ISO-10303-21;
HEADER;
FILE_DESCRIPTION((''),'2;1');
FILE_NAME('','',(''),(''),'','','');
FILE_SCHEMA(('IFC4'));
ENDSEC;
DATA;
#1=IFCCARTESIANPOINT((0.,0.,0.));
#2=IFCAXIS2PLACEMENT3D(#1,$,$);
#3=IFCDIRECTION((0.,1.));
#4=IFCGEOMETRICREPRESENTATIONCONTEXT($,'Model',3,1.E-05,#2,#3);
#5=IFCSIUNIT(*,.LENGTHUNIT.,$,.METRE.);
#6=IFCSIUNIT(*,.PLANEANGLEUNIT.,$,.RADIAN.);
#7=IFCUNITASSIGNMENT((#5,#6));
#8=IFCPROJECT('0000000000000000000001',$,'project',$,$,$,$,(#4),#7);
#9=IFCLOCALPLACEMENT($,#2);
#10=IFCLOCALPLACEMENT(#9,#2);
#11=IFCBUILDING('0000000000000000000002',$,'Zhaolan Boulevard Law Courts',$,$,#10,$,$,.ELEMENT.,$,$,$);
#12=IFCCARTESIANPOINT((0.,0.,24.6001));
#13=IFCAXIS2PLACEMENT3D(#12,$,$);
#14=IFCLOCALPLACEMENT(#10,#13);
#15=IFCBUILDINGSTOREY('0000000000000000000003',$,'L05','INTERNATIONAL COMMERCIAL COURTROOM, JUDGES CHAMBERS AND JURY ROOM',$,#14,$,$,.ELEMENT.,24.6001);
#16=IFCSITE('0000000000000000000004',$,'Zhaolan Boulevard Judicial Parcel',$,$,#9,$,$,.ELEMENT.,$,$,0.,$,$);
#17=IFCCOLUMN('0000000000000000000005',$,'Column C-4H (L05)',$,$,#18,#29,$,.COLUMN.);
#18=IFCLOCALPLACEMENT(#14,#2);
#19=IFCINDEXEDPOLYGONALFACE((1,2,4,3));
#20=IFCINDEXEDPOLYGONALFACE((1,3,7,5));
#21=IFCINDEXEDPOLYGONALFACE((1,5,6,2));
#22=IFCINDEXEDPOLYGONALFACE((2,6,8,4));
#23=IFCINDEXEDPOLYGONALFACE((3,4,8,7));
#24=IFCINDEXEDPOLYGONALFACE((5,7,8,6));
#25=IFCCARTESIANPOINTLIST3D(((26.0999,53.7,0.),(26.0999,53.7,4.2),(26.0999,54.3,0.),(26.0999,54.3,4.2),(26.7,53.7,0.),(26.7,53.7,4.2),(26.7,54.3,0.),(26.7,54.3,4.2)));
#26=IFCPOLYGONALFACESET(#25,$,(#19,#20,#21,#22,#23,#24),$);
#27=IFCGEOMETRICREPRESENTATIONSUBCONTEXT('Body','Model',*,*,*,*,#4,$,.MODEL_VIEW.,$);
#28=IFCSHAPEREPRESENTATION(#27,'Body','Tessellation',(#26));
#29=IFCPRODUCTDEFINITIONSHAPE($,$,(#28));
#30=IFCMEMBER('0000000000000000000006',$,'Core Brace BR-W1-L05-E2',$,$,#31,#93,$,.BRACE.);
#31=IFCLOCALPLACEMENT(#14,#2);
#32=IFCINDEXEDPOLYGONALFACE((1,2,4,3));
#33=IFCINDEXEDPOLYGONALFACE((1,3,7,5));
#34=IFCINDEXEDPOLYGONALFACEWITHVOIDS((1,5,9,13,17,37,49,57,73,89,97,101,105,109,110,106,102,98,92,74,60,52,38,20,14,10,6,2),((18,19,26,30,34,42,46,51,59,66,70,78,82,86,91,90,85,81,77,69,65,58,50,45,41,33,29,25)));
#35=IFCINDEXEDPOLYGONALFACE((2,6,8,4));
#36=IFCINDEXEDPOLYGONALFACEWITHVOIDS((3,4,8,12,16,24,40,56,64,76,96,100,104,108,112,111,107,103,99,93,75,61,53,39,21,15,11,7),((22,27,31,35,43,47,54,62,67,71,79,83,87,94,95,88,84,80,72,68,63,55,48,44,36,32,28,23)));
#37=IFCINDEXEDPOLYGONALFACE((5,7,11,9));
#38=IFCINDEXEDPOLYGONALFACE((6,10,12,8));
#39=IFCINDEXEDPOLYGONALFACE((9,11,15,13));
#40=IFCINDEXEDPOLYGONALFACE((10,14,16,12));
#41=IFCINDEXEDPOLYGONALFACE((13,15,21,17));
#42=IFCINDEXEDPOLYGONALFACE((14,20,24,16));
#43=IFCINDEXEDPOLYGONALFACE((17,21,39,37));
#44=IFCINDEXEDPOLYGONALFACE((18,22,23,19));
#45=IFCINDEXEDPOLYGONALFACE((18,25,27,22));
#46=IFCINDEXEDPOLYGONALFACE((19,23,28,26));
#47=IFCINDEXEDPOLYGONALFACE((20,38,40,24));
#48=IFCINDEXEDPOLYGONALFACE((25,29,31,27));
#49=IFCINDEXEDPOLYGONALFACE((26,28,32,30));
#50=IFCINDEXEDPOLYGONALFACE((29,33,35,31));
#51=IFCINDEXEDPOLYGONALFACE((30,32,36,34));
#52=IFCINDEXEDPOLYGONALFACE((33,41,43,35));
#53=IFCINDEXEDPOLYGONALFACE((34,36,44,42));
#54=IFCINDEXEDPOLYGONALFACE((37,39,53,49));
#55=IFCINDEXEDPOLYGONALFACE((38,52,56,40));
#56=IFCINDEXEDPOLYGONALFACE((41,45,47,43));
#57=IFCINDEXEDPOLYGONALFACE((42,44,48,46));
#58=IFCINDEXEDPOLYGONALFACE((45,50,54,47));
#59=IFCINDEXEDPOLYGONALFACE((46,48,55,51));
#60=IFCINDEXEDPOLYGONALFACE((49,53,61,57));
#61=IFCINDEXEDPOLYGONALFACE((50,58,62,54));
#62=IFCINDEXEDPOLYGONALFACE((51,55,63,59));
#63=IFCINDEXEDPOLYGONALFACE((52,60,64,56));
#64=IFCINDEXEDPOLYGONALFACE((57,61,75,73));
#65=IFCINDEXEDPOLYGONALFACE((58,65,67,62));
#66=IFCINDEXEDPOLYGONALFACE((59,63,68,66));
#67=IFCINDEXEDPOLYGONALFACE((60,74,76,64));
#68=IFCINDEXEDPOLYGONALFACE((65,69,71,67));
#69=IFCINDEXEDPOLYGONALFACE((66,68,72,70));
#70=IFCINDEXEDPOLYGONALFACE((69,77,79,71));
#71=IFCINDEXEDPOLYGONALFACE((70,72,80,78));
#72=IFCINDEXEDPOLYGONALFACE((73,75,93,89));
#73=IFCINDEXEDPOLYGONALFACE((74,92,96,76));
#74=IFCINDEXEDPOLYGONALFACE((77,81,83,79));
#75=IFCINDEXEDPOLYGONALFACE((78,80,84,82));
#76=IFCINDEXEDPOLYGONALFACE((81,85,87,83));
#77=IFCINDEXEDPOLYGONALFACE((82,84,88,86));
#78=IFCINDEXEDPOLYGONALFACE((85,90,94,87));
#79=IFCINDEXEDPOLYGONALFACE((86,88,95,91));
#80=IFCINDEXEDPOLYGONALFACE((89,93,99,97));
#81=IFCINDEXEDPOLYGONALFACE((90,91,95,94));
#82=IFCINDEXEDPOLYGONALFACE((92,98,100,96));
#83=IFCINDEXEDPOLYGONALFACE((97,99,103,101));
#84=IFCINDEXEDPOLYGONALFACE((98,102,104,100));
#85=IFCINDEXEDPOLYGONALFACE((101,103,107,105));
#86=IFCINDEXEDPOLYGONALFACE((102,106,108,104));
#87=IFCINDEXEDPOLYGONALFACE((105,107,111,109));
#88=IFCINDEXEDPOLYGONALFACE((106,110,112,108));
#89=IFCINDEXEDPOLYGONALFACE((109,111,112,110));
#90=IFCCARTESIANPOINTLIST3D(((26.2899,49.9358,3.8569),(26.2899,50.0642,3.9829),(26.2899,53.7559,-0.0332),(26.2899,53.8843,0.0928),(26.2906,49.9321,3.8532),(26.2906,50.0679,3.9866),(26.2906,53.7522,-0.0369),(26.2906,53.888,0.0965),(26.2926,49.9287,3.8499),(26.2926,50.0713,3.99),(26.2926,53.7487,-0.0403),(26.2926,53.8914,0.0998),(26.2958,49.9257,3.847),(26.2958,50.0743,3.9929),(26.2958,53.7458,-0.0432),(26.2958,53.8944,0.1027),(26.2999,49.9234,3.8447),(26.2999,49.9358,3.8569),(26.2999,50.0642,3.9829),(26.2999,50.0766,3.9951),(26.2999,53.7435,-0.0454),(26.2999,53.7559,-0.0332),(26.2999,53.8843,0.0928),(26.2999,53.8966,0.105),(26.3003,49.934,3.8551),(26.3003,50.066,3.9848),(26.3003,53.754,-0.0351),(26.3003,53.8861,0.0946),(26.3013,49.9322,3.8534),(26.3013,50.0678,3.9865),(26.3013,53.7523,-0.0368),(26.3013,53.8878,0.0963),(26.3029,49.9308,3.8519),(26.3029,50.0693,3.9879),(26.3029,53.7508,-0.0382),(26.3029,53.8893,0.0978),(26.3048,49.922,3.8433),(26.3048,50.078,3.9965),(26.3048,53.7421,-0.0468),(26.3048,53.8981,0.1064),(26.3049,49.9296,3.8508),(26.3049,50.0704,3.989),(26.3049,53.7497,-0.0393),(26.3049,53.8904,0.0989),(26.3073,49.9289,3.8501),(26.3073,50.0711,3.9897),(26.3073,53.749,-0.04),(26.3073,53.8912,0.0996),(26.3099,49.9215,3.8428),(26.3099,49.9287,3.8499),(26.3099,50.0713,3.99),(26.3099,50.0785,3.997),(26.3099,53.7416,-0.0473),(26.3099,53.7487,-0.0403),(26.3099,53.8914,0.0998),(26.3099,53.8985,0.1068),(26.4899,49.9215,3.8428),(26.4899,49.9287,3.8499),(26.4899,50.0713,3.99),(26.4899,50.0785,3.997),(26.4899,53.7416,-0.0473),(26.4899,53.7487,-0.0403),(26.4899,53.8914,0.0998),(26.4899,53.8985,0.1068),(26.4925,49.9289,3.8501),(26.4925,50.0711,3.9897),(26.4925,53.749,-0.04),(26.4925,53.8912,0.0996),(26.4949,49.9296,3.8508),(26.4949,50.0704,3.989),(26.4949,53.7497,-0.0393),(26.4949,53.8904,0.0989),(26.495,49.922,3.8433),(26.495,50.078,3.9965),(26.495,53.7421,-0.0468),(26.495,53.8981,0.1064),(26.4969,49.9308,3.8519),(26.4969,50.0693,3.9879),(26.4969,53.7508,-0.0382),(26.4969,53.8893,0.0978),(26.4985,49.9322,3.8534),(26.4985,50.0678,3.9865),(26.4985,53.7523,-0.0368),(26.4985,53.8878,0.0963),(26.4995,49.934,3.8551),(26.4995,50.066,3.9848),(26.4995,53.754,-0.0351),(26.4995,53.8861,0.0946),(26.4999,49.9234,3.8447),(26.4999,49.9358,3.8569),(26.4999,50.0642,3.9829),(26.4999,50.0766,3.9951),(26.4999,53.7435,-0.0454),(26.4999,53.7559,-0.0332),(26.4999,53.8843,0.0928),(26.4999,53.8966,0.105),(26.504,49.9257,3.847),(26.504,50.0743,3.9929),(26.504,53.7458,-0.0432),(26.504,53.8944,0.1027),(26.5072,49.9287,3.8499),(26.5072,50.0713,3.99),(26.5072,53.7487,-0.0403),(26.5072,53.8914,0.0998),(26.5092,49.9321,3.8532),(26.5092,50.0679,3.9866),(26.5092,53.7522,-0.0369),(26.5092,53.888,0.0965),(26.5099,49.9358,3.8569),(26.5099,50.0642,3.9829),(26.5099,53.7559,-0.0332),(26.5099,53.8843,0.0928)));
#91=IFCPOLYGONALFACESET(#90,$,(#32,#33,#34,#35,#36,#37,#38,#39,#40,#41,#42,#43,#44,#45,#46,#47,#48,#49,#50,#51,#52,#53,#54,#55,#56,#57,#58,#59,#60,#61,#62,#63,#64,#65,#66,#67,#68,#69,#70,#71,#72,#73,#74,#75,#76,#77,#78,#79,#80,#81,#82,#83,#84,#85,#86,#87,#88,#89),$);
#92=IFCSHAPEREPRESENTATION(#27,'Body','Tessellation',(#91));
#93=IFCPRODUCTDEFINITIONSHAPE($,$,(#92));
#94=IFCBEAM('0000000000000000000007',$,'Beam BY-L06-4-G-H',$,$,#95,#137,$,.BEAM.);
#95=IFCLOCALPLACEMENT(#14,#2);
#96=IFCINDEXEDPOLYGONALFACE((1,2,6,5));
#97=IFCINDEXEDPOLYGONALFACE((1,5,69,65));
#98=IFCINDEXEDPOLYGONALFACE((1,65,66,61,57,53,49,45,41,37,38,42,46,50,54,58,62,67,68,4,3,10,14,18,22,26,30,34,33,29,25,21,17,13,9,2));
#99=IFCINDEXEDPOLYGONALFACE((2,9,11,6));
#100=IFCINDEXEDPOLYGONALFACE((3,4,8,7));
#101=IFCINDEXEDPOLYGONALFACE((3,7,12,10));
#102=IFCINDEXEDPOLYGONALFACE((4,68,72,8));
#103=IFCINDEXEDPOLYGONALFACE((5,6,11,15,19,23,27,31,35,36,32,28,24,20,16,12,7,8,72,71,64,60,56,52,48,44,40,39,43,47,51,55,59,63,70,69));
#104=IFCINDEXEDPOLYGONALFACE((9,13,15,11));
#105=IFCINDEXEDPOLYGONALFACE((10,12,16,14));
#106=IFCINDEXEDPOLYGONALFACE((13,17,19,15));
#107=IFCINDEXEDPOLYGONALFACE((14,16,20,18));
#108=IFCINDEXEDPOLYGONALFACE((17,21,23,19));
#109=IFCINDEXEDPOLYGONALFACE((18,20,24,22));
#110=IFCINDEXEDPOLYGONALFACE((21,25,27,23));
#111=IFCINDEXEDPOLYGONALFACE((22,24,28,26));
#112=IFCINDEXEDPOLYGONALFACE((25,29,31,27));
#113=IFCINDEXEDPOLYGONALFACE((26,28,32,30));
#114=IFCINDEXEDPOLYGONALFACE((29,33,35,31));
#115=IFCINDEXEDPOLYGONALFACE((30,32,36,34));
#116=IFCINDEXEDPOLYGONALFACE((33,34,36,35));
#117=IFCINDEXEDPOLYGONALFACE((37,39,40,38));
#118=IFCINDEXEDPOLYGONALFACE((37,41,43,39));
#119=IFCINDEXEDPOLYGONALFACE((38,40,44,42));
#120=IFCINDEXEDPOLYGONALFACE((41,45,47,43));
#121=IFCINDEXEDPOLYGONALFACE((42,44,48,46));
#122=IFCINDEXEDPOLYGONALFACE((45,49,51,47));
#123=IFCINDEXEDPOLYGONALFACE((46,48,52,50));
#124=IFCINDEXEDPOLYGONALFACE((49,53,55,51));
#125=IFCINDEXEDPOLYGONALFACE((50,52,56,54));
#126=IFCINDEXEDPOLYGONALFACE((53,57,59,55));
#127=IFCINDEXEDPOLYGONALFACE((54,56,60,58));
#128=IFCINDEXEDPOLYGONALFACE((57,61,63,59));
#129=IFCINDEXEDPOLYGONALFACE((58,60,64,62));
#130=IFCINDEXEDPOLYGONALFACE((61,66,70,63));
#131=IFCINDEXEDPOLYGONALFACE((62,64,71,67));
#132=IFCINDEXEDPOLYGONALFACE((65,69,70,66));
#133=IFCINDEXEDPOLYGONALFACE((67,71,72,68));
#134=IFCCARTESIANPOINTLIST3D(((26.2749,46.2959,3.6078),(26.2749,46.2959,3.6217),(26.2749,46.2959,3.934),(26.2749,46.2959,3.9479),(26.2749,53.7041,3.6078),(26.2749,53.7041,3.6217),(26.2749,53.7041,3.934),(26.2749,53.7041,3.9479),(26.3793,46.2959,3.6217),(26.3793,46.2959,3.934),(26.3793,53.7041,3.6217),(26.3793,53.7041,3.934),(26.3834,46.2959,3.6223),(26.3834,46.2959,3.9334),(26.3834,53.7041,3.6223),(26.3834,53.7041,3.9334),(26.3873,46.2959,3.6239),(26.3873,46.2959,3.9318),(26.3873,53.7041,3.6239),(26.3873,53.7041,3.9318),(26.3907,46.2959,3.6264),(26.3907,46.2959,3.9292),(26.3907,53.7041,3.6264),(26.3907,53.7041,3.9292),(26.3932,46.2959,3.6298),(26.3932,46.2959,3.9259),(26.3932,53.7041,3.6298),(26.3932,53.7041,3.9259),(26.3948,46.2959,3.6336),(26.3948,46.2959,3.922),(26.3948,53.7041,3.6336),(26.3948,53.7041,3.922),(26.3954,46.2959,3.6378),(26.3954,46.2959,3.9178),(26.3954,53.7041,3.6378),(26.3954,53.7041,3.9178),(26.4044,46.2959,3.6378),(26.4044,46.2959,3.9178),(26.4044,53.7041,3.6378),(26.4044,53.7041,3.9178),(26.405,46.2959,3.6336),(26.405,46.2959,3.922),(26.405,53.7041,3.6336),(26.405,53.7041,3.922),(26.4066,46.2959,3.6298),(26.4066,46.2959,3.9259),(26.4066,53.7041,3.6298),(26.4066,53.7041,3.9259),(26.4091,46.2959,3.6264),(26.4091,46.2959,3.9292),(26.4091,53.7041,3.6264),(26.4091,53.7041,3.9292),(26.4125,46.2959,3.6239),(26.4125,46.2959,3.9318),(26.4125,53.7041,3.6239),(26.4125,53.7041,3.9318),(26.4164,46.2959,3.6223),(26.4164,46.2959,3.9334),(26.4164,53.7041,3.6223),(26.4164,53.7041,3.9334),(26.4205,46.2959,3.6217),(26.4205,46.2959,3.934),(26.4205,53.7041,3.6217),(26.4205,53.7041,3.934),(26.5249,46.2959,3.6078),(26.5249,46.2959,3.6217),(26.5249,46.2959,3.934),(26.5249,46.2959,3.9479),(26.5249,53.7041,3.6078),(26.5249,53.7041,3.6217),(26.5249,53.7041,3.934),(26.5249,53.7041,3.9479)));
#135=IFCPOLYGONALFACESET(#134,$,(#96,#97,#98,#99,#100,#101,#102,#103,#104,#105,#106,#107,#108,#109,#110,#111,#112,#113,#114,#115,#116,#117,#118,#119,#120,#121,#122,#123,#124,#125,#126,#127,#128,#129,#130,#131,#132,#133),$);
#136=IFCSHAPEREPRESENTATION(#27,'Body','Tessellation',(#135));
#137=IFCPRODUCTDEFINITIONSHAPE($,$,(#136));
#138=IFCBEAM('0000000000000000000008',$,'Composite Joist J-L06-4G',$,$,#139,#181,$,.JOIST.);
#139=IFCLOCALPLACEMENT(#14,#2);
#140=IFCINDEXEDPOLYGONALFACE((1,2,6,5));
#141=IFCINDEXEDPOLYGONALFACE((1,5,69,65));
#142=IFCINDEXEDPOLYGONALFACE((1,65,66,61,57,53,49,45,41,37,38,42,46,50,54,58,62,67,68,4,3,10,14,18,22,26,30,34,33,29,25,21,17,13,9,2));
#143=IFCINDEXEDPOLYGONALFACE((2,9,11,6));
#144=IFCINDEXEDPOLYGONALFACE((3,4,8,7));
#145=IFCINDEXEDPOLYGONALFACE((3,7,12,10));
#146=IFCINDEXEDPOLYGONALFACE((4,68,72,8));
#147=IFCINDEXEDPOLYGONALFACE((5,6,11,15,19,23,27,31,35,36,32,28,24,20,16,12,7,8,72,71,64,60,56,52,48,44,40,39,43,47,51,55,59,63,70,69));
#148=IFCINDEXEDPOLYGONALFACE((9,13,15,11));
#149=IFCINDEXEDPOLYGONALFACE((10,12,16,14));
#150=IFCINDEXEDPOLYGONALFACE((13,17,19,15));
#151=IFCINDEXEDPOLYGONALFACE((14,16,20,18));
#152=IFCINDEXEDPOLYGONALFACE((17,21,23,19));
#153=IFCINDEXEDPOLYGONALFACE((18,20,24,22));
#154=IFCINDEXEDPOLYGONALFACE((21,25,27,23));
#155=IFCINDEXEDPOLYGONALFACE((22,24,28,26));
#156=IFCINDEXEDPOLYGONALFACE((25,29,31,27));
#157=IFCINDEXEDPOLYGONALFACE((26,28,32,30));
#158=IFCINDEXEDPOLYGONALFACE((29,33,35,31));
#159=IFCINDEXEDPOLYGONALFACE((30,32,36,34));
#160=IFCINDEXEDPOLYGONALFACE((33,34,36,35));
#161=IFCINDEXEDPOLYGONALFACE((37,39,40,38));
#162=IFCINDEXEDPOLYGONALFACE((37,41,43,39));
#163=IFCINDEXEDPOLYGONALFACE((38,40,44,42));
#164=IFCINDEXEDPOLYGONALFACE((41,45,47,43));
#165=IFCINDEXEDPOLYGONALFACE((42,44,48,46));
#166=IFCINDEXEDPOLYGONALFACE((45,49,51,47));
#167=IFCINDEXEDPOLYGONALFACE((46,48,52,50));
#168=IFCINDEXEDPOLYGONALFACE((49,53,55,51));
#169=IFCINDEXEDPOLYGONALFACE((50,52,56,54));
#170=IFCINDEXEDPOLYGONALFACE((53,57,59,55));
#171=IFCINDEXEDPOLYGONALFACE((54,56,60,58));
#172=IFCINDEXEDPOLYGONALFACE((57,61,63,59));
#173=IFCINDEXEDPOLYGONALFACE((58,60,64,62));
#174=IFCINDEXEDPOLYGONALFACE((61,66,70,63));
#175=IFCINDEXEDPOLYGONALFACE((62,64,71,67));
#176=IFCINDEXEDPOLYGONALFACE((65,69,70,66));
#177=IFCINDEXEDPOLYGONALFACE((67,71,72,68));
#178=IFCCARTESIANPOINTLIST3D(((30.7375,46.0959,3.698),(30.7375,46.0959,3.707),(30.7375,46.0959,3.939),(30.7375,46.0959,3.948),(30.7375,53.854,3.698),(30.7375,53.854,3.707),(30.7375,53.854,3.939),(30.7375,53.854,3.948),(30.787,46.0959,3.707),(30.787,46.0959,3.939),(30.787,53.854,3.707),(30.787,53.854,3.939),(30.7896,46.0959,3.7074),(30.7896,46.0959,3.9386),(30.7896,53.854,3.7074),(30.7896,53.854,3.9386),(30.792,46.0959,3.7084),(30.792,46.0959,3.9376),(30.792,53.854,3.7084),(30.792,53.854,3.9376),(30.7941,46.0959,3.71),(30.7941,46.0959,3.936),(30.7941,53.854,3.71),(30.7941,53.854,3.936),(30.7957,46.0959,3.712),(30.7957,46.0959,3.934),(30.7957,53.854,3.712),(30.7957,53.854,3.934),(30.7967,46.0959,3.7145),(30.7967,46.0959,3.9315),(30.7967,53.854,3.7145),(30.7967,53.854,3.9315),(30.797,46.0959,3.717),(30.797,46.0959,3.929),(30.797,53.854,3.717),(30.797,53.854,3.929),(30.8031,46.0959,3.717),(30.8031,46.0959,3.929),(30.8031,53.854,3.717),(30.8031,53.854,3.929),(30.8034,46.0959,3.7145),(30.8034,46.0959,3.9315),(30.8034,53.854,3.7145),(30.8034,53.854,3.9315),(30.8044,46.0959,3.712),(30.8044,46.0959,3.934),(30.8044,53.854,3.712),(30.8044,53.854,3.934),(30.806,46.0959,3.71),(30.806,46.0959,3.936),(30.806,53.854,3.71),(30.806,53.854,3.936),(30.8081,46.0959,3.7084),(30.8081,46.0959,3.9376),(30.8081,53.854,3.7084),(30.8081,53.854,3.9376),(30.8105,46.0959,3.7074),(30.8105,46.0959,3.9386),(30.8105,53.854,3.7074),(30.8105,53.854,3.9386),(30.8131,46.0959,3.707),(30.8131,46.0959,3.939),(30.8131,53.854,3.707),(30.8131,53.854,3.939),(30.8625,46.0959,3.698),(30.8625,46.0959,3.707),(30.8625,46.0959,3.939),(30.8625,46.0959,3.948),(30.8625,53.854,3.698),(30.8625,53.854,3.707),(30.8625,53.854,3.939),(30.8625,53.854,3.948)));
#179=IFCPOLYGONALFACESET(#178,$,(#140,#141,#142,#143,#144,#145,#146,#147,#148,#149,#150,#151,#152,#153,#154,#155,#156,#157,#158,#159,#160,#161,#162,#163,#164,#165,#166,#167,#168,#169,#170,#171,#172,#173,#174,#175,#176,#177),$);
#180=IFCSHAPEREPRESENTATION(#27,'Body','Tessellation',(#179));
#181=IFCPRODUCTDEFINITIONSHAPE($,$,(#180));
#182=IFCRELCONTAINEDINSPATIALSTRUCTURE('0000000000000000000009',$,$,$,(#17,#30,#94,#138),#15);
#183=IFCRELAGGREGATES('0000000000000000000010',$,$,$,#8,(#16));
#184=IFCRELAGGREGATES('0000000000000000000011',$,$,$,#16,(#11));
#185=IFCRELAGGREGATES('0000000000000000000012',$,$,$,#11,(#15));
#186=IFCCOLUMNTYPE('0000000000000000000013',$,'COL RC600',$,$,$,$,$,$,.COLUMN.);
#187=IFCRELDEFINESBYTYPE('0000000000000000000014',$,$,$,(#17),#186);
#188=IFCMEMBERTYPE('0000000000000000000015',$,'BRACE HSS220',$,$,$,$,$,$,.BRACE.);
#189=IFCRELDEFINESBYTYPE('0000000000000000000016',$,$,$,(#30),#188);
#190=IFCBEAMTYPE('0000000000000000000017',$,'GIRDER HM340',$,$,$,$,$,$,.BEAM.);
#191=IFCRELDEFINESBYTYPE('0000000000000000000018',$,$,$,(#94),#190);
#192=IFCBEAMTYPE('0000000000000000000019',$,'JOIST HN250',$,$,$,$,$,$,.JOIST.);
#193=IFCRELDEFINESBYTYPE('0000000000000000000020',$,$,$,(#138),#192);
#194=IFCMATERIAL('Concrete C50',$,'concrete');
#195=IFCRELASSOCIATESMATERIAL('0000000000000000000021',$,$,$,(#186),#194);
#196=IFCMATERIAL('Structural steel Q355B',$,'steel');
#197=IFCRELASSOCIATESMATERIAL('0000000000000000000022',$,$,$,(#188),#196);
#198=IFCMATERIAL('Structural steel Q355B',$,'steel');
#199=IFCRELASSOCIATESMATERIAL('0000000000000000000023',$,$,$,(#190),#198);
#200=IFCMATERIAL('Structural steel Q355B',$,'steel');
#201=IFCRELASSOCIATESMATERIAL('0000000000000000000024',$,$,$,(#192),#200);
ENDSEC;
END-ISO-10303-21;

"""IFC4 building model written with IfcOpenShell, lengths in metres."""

from ifc_helpers import new_model, si_unit, direction, frame, origin, origin_2d, place, context, subcontext, project, spatial, rectangle, hollow_rectangle, i_section, extrude, material, material_profile, profile_set, type_object, element, save


model = new_model("IFC4")

# Units and contexts
model_context = context("Model", 3, precision=1e-05, world=origin(), true_north=direction((0.0, 1.0)))
body_context = subcontext(model_context, "Body", "Model", "MODEL_VIEW")
ifc_project = project(units=[si_unit("LENGTHUNIT", "METRE"), si_unit("PLANEANGLEUNIT", "RADIAN")], contexts=[model_context])

# Site, building, storey
site_placement = place(None, origin())
site = spatial("IfcSite", under=ifc_project, at=site_placement, Name="Zhaolan Boulevard Judicial Parcel", CompositionType="ELEMENT", RefElevation=0.0)
building_placement = place(site_placement, origin())
building = spatial("IfcBuilding", under=site, at=building_placement, Name="Zhaolan Boulevard Law Courts", CompositionType="ELEMENT")
storey_placement = place(building_placement, frame((0.0, 0.0, 24.6001)))
storey = spatial("IfcBuildingStorey", under=building, at=storey_placement, Name="L05", Description="INTERNATIONAL COMMERCIAL COURTROOM, JUDGES CHAMBERS AND JURY ROOM", CompositionType="ELEMENT", Elevation=24.6001)

# Column
ifc_material_1 = material(Name="Concrete C50", Category="concrete")
ifc_material_profile_1 = material_profile(ifc_material_1, rectangle(XDim=0.6001, YDim=0.6001, at=origin_2d()), Name="RC600x600")
ifc_profile_set_1 = profile_set([ifc_material_profile_1], Name="Concrete C50")
column_type = type_object("IfcColumnType", Name="COL RC600", PredefinedType="COLUMN", material=ifc_profile_set_1)
column_placement = place(storey_placement, frame((26.3999, 54.0, 0.0), z_axis=(0.0, 0.0, 1.0), x_axis=(1.0, 0.0, 0.0)))
element("IfcColumn", 1, at=column_placement, inside=storey, type_object=column_type, Name="Column C-4H (L05)", PredefinedType="COLUMN", context=body_context, shape_type="SweptSolid", body=[
    extrude(rectangle(XDim=0.6001, YDim=0.6001, at=origin_2d()), origin(), (0.0, 0.0, 1.0), 4.2),
])

# Member
ifc_material_2 = material(Name="Structural steel Q355B", Category="steel")
ifc_material_profile_2 = material_profile(ifc_material_2, hollow_rectangle(XDim=0.22, YDim=0.22, WallThickness=0.01, InnerFilletRadius=0.01, OuterFilletRadius=0.02, at=origin_2d()), Name="HSS220x220x10")
ifc_profile_set_2 = profile_set([ifc_material_profile_2], Name="Structural steel Q355B")
member_type_1 = type_object("IfcMemberType", Name="BRACE HSS220", PredefinedType="BRACE", material=ifc_profile_set_2)
member_1_placement = place(storey_placement, frame((26.3999, 53.8201, 0.0298), z_axis=(0.0, -0.700652, 0.713503), x_axis=(1.0, 0.0, 0.0)))
element("IfcMember", 2, at=member_1_placement, inside=storey, type_object=member_type_1, Name="Core Brace BR-W1-L05-E2", PredefinedType="BRACE", context=body_context, shape_type="SweptSolid", body=[
    extrude(hollow_rectangle(XDim=0.22, YDim=0.22, WallThickness=0.01, InnerFilletRadius=0.01, OuterFilletRadius=0.02, at=origin_2d()), origin(), (0.0, 0.0, 1.0), 5.4521),
])

# Beams
ifc_material_3 = material(Name="Structural steel Q355B", Category="steel")
ifc_material_profile_3 = material_profile(ifc_material_3, i_section(OverallWidth=0.25, OverallDepth=0.3401, WebThickness=0.009, FlangeThickness=0.0139, FilletRadius=0.0161, at=origin_2d()), Name="HM340x250")
ifc_profile_set_3 = profile_set([ifc_material_profile_3], Name="Structural steel Q355B")
beam_type_1 = type_object("IfcBeamType", Name="GIRDER HM340", PredefinedType="BEAM", material=ifc_profile_set_3)
beam_1_placement = place(storey_placement, frame((26.3999, 46.2959, 3.7778), z_axis=(0.0, 1.0, 0.0), x_axis=(-1.0, 0.0, 0.0)))
element("IfcBeam", 3, at=beam_1_placement, inside=storey, type_object=beam_type_1, Name="Beam BY-L06-4-G-H", PredefinedType="BEAM", context=body_context, shape_type="SweptSolid", body=[
    extrude(i_section(OverallWidth=0.25, OverallDepth=0.3401, WebThickness=0.009, FlangeThickness=0.0139, FilletRadius=0.0161, at=origin_2d()), origin(), (0.0, 0.0, 1.0), 7.4082),
])
ifc_material_4 = material(Name="Structural steel Q355B", Category="steel")
ifc_material_profile_4 = material_profile(ifc_material_4, i_section(OverallWidth=0.125, OverallDepth=0.25, WebThickness=0.0061, FlangeThickness=0.009, FilletRadius=0.01, at=origin_2d()), Name="HN250x125")
ifc_profile_set_4 = profile_set([ifc_material_profile_4], Name="Structural steel Q355B")
beam_type_2 = type_object("IfcBeamType", Name="JOIST HN250", PredefinedType="JOIST", material=ifc_profile_set_4)
beam_2_placement = place(storey_placement, frame((30.8, 46.0959, 3.823), z_axis=(0.0, 1.0, 0.0), x_axis=(-1.0, 0.0, 0.0)))
element("IfcBeam", 4, at=beam_2_placement, inside=storey, type_object=beam_type_2, Name="Composite Joist J-L06-4G", PredefinedType="JOIST", context=body_context, shape_type="SweptSolid", body=[
    extrude(i_section(OverallWidth=0.125, OverallDepth=0.25, WebThickness=0.0061, FlangeThickness=0.009, FilletRadius=0.01, at=origin_2d()), origin(), (0.0, 0.0, 1.0), 7.7581),
])

save(model, "model.ifc")
